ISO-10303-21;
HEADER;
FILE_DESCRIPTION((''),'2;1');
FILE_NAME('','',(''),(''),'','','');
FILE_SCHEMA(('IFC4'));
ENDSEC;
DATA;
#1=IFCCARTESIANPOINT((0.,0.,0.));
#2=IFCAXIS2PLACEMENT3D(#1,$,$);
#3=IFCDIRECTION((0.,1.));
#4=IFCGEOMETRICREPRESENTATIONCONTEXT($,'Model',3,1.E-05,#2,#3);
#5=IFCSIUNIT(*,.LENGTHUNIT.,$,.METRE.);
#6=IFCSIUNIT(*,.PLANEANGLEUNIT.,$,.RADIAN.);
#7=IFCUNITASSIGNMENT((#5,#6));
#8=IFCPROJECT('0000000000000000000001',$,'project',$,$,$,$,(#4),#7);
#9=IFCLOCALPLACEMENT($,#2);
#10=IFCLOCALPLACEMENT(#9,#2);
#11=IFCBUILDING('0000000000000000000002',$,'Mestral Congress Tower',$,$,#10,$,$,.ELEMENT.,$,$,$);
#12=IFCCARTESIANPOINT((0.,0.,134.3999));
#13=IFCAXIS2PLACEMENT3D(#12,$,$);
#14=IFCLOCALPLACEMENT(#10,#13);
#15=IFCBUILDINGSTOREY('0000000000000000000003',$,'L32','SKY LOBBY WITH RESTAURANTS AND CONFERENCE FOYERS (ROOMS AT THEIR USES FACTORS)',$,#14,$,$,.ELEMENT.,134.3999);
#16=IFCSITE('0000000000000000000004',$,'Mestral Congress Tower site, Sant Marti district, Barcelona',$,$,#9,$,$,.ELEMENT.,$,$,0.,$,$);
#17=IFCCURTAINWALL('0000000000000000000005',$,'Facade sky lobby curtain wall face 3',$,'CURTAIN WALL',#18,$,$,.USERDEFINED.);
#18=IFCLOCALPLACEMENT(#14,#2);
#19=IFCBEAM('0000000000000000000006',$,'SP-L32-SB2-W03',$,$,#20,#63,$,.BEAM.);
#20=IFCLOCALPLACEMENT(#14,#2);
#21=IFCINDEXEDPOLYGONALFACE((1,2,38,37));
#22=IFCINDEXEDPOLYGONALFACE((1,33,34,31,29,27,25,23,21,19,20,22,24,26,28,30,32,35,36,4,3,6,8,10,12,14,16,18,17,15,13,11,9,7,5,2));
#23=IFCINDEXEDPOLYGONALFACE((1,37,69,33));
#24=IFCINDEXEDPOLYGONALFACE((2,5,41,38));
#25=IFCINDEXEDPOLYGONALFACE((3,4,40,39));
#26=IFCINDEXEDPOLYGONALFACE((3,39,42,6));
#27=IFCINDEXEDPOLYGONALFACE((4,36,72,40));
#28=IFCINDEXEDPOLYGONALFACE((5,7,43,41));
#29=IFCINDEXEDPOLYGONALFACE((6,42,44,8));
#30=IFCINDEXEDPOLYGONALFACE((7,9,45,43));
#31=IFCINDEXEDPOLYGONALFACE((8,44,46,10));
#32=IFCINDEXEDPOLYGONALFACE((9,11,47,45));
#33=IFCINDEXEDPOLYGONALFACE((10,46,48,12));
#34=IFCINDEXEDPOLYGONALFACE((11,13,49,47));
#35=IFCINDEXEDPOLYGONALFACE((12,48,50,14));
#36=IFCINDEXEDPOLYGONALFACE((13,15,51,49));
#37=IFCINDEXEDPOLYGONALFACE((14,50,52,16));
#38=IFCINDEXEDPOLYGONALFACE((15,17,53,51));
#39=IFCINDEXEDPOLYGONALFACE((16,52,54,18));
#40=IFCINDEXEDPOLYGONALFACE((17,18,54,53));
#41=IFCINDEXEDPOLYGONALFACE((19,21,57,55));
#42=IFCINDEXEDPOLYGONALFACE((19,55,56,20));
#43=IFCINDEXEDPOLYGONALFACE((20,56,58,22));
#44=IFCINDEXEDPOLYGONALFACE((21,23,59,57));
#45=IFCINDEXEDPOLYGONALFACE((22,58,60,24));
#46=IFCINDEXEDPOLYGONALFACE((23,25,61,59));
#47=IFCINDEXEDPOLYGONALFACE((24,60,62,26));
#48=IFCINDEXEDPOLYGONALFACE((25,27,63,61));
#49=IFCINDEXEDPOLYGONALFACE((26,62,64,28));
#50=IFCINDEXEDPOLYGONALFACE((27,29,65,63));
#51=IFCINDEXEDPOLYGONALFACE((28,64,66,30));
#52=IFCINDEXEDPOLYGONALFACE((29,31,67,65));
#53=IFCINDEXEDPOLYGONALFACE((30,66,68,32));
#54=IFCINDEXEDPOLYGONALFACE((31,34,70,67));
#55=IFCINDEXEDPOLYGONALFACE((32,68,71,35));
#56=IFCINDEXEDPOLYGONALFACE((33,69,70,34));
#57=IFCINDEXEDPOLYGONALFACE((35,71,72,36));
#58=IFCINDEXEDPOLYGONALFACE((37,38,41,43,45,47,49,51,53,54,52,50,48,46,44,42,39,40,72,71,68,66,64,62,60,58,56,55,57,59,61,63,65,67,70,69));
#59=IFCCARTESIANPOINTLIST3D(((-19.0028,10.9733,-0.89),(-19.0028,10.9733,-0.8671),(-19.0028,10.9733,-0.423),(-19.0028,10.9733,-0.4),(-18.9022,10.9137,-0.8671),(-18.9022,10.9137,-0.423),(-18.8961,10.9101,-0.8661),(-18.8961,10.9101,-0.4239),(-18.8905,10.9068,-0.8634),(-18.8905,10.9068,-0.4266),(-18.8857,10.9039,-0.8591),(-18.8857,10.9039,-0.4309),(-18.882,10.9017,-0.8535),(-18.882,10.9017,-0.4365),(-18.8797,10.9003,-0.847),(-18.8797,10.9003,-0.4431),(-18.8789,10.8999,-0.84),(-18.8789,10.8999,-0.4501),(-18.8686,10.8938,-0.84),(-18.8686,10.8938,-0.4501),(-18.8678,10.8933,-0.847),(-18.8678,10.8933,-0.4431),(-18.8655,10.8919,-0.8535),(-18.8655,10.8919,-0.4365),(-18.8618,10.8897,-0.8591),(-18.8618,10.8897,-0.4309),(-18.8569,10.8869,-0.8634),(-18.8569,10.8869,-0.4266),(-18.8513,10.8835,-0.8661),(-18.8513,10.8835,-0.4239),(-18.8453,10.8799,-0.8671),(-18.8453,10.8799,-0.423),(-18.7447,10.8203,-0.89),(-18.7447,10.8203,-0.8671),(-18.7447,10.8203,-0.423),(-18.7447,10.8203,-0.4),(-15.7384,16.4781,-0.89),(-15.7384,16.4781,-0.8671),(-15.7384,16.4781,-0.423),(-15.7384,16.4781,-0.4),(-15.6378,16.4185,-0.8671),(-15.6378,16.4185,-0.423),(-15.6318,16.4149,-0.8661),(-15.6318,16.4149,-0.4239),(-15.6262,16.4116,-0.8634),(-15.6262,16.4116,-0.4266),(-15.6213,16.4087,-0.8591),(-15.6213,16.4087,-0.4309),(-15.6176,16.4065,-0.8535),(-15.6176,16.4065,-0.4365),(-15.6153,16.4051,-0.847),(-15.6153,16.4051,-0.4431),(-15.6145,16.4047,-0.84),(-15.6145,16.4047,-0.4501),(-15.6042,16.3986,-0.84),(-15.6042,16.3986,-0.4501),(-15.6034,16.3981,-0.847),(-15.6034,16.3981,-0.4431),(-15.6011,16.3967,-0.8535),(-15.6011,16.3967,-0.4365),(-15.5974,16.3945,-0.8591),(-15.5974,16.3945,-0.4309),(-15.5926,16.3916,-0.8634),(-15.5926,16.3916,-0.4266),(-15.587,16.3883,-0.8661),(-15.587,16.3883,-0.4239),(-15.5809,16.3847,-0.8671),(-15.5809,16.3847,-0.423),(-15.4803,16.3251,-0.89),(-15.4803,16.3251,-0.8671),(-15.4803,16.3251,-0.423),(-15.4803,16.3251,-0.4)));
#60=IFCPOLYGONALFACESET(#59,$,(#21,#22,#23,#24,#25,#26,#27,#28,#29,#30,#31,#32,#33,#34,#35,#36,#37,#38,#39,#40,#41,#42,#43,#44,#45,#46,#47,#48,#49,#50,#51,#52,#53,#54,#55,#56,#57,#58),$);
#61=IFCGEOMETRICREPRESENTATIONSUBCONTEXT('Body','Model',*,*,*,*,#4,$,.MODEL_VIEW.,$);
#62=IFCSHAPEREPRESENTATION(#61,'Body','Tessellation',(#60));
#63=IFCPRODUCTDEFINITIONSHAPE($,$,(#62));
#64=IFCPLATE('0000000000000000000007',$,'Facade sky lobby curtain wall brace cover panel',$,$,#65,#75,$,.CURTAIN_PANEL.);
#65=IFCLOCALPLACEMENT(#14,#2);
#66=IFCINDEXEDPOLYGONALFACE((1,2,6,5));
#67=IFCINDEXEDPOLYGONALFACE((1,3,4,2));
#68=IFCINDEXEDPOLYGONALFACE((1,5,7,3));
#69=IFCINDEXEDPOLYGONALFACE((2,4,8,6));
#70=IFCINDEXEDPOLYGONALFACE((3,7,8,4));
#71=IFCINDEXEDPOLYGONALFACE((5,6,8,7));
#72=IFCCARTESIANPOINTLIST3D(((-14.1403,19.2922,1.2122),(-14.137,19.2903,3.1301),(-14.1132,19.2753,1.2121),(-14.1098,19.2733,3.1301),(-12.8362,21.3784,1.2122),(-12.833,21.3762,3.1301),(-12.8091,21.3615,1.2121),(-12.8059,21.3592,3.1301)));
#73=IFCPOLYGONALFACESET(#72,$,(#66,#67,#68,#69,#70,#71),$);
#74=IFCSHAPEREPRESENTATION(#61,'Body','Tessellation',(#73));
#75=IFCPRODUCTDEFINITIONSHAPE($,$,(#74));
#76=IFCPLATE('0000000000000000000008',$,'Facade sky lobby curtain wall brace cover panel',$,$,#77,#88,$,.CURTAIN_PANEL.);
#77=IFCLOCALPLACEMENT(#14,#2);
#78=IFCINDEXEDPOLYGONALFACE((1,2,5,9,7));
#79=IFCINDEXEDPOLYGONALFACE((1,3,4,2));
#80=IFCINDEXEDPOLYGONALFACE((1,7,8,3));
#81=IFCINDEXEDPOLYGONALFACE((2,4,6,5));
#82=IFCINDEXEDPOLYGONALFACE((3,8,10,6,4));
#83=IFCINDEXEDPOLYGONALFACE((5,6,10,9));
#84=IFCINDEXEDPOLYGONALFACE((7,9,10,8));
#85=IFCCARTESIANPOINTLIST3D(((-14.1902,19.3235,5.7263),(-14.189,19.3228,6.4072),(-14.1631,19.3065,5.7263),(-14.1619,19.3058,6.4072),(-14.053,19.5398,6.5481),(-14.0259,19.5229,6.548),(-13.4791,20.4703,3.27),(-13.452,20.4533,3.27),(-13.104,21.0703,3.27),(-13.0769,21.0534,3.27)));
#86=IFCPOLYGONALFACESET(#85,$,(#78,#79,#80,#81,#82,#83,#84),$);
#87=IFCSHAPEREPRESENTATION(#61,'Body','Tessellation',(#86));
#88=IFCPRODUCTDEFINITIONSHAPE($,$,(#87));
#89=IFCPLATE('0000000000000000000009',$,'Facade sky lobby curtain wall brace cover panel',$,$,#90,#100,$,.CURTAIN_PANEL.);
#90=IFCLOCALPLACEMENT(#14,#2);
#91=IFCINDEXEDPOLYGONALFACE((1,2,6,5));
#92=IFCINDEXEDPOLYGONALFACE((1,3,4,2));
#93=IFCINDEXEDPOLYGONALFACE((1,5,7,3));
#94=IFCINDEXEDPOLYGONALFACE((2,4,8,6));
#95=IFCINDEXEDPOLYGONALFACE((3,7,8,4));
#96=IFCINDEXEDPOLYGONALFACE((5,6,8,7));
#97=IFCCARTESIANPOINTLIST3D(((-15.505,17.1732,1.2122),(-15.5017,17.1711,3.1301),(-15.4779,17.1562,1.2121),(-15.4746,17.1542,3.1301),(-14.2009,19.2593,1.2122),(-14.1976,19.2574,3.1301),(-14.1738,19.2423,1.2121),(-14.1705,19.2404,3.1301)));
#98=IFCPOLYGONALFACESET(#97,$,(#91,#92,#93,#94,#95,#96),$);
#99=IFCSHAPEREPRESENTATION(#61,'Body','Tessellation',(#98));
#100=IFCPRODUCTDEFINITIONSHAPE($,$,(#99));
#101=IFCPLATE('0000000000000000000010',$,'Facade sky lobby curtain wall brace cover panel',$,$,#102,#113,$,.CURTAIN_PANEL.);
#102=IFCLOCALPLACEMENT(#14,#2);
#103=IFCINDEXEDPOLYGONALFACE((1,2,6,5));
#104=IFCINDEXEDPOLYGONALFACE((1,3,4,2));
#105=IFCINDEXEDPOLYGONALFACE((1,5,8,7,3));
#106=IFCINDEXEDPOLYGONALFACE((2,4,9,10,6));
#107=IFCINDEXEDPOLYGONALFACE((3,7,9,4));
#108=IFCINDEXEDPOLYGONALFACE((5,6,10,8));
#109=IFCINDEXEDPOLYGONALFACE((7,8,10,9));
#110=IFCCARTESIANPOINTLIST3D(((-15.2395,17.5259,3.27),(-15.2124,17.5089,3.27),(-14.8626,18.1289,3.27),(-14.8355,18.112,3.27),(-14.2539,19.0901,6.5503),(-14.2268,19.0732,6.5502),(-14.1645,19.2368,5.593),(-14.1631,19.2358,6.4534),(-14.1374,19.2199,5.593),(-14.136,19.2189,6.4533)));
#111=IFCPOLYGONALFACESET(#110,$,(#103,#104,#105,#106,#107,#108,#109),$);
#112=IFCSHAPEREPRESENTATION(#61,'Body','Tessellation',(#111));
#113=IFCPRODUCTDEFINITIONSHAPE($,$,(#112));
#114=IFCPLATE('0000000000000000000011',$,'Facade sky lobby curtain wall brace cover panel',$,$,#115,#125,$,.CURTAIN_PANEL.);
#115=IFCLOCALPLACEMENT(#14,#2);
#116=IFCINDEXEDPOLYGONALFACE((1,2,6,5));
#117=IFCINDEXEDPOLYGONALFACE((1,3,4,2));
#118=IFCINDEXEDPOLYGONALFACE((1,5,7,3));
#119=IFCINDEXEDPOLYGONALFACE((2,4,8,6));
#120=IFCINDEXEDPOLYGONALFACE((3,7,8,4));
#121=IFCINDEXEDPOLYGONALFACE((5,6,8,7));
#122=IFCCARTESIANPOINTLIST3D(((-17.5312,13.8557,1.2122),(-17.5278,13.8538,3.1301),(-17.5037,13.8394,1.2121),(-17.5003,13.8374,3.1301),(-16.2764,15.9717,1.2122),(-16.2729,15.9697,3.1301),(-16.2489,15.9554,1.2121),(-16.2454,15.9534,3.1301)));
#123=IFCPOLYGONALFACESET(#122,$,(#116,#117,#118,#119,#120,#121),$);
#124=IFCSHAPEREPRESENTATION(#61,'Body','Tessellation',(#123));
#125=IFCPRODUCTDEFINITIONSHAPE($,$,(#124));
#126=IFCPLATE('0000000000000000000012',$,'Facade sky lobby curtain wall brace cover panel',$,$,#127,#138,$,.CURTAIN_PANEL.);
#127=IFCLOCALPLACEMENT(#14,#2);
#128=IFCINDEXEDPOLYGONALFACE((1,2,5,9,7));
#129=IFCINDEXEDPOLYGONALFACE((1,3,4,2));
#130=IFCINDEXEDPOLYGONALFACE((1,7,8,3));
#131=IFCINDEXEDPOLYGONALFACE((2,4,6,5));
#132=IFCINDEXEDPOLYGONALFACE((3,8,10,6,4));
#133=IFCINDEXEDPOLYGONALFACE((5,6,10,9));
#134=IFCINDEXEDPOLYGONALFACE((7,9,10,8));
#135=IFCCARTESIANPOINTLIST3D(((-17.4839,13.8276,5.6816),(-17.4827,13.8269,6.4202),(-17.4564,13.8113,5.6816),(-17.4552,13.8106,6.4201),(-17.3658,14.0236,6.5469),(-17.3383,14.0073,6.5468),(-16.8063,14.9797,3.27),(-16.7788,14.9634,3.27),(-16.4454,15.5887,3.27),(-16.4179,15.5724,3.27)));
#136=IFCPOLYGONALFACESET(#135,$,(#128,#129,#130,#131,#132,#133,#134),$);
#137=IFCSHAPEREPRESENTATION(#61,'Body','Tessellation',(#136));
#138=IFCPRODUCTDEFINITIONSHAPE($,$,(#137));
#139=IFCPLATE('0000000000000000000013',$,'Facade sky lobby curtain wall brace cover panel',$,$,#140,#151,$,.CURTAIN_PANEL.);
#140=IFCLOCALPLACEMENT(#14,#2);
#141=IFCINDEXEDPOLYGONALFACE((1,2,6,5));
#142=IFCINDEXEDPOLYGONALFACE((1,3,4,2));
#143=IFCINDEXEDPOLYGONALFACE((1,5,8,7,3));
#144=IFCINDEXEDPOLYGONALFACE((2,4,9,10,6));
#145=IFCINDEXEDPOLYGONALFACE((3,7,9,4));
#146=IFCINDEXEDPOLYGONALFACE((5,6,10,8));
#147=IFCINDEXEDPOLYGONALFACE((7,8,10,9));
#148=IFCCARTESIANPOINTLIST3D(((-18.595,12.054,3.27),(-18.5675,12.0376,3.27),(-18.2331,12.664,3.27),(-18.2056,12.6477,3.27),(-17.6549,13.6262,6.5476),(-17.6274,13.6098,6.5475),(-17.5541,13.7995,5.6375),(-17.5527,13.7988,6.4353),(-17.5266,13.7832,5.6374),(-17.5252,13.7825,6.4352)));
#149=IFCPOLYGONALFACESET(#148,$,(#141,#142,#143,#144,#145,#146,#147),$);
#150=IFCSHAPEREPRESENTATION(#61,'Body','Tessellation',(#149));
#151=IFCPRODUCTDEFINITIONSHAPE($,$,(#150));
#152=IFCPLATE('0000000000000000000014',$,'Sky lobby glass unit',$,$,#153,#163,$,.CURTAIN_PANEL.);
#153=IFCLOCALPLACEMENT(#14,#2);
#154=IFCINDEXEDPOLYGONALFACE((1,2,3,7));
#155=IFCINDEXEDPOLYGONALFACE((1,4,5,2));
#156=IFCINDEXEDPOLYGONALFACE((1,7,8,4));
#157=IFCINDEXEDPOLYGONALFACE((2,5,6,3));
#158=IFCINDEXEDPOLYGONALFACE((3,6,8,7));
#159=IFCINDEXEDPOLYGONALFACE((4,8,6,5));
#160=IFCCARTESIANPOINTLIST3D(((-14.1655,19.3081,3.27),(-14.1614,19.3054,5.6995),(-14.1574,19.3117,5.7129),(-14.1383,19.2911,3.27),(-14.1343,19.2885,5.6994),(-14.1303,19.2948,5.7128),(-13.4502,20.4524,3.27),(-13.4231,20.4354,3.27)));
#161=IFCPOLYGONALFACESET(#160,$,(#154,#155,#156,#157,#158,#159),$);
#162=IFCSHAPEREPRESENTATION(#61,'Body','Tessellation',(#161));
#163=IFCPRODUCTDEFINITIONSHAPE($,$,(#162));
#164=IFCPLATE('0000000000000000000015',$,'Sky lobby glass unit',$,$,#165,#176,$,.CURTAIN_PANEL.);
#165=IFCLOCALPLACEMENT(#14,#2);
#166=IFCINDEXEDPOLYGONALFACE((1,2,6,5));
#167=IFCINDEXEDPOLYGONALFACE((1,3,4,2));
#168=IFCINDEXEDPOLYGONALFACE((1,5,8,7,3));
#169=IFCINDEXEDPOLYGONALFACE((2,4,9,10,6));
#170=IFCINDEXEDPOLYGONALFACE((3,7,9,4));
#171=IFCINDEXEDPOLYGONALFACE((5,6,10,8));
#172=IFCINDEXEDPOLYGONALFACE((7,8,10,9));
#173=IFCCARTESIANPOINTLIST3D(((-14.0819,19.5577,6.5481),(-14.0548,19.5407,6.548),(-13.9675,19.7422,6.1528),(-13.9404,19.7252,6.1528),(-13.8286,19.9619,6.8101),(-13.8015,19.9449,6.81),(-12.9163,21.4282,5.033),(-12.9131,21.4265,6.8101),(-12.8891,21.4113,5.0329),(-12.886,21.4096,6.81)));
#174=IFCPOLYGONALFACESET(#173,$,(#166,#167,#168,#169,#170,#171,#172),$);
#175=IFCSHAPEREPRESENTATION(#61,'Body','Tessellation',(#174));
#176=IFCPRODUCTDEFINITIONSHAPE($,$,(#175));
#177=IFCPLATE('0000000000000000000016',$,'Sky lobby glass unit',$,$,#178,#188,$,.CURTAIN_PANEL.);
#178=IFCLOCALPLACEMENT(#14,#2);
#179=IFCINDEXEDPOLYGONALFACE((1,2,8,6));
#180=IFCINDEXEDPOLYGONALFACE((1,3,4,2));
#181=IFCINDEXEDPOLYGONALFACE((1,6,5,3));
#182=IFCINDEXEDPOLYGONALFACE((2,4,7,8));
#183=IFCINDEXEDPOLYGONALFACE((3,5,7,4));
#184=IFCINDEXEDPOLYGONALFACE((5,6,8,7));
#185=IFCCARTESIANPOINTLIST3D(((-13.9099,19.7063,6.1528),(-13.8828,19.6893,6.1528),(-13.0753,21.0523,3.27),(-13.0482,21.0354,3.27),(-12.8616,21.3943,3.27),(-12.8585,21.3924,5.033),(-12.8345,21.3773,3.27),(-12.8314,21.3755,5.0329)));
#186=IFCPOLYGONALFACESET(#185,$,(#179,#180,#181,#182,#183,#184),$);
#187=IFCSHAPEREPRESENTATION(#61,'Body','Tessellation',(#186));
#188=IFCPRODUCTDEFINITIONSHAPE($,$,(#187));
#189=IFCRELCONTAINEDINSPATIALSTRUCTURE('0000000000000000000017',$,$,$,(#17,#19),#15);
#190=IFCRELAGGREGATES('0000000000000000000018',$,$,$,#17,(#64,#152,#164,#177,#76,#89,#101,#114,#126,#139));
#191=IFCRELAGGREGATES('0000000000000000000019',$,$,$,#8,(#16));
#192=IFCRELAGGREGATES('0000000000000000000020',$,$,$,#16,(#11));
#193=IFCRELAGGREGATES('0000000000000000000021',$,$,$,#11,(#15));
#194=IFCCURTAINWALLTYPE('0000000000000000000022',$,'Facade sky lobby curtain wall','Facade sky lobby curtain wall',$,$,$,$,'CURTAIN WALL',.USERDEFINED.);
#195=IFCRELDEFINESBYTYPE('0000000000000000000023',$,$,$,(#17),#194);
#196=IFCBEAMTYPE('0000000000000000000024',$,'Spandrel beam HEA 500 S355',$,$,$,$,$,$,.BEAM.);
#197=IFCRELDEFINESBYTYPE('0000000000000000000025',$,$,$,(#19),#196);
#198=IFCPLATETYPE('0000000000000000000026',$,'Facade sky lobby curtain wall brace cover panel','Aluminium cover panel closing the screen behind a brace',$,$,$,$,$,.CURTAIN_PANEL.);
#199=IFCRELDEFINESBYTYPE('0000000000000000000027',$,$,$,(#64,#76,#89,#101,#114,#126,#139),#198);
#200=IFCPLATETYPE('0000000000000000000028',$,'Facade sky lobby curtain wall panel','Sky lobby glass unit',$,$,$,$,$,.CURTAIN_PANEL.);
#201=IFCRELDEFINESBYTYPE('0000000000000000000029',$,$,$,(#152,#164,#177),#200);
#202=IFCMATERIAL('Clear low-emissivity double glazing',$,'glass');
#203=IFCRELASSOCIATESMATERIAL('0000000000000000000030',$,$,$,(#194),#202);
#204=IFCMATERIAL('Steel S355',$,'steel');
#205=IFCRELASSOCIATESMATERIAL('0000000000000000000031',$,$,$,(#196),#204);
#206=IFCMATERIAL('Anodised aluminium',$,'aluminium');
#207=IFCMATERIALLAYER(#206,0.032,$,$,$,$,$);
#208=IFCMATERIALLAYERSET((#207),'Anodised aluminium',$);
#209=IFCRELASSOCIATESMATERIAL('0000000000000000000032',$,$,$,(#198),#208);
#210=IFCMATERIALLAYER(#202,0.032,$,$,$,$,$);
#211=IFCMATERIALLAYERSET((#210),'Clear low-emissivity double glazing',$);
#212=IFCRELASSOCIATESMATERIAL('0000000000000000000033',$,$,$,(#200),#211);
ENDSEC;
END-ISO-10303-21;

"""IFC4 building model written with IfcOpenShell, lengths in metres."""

from ifc_helpers import new_model, si_unit, direction, frame, origin, origin_2d, place, context, subcontext, project, spatial, polyline, i_section, outline, extrude, material, layer, layer_set, material_profile, profile_set, type_object, element, aggregate, save


model = new_model("IFC4")

# Units and contexts
model_context = context("Model", 3, precision=1e-05, world=origin(), true_north=direction((0.0, 1.0)))
body_context = subcontext(model_context, "Body", "Model", "MODEL_VIEW")
ifc_project = project(units=[si_unit("LENGTHUNIT", "METRE"), si_unit("PLANEANGLEUNIT", "RADIAN")], contexts=[model_context])

# Site, building, storey
site_placement = place(None, origin())
site = spatial("IfcSite", under=ifc_project, at=site_placement, Name="Mestral Congress Tower site, Sant Marti district, Barcelona", CompositionType="ELEMENT", RefElevation=0.0)
building_placement = place(site_placement, origin())
building = spatial("IfcBuilding", under=site, at=building_placement, Name="Mestral Congress Tower", CompositionType="ELEMENT")
storey_placement = place(building_placement, frame((0.0, 0.0, 134.3999)))
storey = spatial("IfcBuildingStorey", under=building, at=storey_placement, Name="L32", Description="SKY LOBBY WITH RESTAURANTS AND CONFERENCE FOYERS (ROOMS AT THEIR USES FACTORS)", CompositionType="ELEMENT", Elevation=134.3999)

# Shared definitions
ifc_material_1 = material(Name="Steel S355", Category="steel")

# Curtain wall
ifc_material_2 = material(Name="Clear low-emissivity double glazing", Category="glass")
curtain_wall_type = type_object("IfcCurtainWallType", Name="Facade sky lobby curtain wall", Description="Facade sky lobby curtain wall", ElementType="CURTAIN WALL", PredefinedType="USERDEFINED", material=ifc_material_2)
curtain_wall_placement = place(storey_placement, origin())
curtain_wall = element("IfcCurtainWall", 1, at=curtain_wall_placement, inside=storey, type_object=curtain_wall_type, Name="Facade sky lobby curtain wall face 3", ObjectType="CURTAIN WALL", PredefinedType="USERDEFINED")
ifc_material_3 = material(Name="Anodised aluminium", Category="aluminium")

# Beam
ifc_material_profile_1 = material_profile(ifc_material_1, i_section(OverallWidth=0.3, OverallDepth=0.49, WebThickness=0.012, FlangeThickness=0.0229, FilletRadius=0.0271, at=origin_2d()), Name="HEA 500")
ifc_profile_set_1 = profile_set([ifc_material_profile_1], Name="Steel S355")
beam_type_1 = type_object("IfcBeamType", Name="Spandrel beam HEA 500 S355", PredefinedType="BEAM", material=ifc_profile_set_1)
beam_1_placement = place(storey_placement, frame((-15.6094, 16.4016, -0.645), z_axis=(-0.510063, -0.860137, 0.0), x_axis=(0.860137, -0.510063, 0.0)))
element("IfcBeam", 2, at=beam_1_placement, inside=storey, type_object=beam_type_1, Name="SP-L32-SB2-W03", PredefinedType="BEAM", context=body_context, shape_type="SweptSolid", body=[
    extrude(i_section(OverallWidth=0.3, OverallDepth=0.49, WebThickness=0.012, FlangeThickness=0.0229, FilletRadius=0.0271, at=origin_2d()), origin(), (0.0, 0.0, 1.0), 6.3999),
])

# Plates
ifc_layer_1 = layer(ifc_material_3, 0.032)
ifc_layer_set_1 = layer_set([ifc_layer_1], Name="Anodised aluminium")
plate_type_1 = type_object("IfcPlateType", Name="Facade sky lobby curtain wall brace cover panel", Description="Aluminium cover panel closing the screen behind a brace", PredefinedType="CURTAIN_PANEL", material=ifc_layer_set_1)
plate_1_placement = place(storey_placement, frame((-14.137, 19.2903, 3.1301), z_axis=(-0.847944, 0.530083, 0.002031), x_axis=(-0.001765, 0.001008, -0.999998)))
plate_1 = element("IfcPlate", 3, at=plate_1_placement, type_object=plate_type_1, Name="Facade sky lobby curtain wall brace cover panel", PredefinedType="CURTAIN_PANEL", context=body_context, shape_type="SweptSolid", body=[
    extrude(outline(polyline([(0.0, 0.0), (1.918, 0.0), (1.9178, -2.4603), (-0.0002, -2.46), (0.0, 0.0)])), origin(), (0.0, 0.0, -1.0), 0.032),
])
plate_2_placement = place(storey_placement, frame((-14.1902, 19.3235, 5.7263), z_axis=(-0.847975, 0.530032, 0.00197), x_axis=(0.253734, 0.409195, -0.876458)))
plate_2 = element("IfcPlate", 4, at=plate_2_placement, type_object=plate_type_1, Name="Facade sky lobby curtain wall brace cover panel", PredefinedType="CURTAIN_PANEL", context=body_context, shape_type="SweptSolid", body=[
    extrude(outline(polyline([(0.0, 0.0), (2.8025, 0.0), (3.1432, -0.6202), (-0.5969, -0.6202), (-0.5968, -0.3279), (0.0, 0.0)])), origin(), (0.0, 0.0, -1.0), 0.032),
])
plate_3_placement = place(storey_placement, frame((-15.5017, 17.1711, 3.1301), z_axis=(-0.847958, 0.53006, 0.001997), x_axis=(-0.001701, 0.001047, -0.999998)))
plate_3 = element("IfcPlate", 5, at=plate_3_placement, type_object=plate_type_1, Name="Facade sky lobby curtain wall brace cover panel", PredefinedType="CURTAIN_PANEL", context=body_context, shape_type="SweptSolid", body=[
    extrude(outline(polyline([(0.0, 0.0), (1.918, 0.0), (1.9179, -2.4602), (0.0, -2.4603), (0.0, 0.0)])), origin(), (0.0, 0.0, -1.0), 0.032),
])
plate_4_placement = place(storey_placement, frame((-14.1631, 19.2358, 6.4534), z_axis=(-0.847994, 0.530002, 0.002039), x_axis=(-0.460714, -0.739026, 0.491511)))
plate_4 = element("IfcPlate", 6, at=plate_4_placement, type_object=plate_type_1, Name="Facade sky lobby curtain wall brace cover panel", PredefinedType="CURTAIN_PANEL", context=body_context, shape_type="SweptSolid", body=[
    extrude(outline(polyline([(0.0, 0.0), (0.1972, 0.0), (0.195, -3.7654), (-0.4243, -3.4159), (-0.4229, -0.7492), (0.0, 0.0)])), origin(), (0.0, 0.0, -1.0), 0.032),
])
plate_5_placement = place(storey_placement, frame((-17.5278, 13.8538, 3.1301), z_axis=(-0.860116, 0.510095, 0.002052), x_axis=(-0.001782, 0.001018, -0.999998)))
plate_5 = element("IfcPlate", 7, at=plate_5_placement, type_object=plate_type_1, Name="Facade sky lobby curtain wall brace cover panel", PredefinedType="CURTAIN_PANEL", context=body_context, shape_type="SweptSolid", body=[
    extrude(outline(polyline([(0.0, 0.0), (1.918, 0.0), (1.9179, -2.4601), (-0.0001, -2.4601), (0.0, 0.0)])), origin(), (0.0, 0.0, -1.0), 0.032),
])
plate_6_placement = place(storey_placement, frame((-17.4839, 13.8276, 5.6816), z_axis=(-0.860249, 0.509871, 0.001874), x_axis=(0.245744, 0.417832, -0.874658)))
plate_6 = element("IfcPlate", 8, at=plate_6_placement, type_object=plate_type_1, Name="Facade sky lobby curtain wall brace cover panel", PredefinedType="CURTAIN_PANEL", context=body_context, shape_type="SweptSolid", body=[
    extrude(outline(polyline([(0.0, 0.0), (2.7572, 0.0), (3.1004, -0.6192), (-0.6459, -0.6195), (-0.646, -0.358), (0.0, 0.0)])), origin(), (0.0, 0.0, -1.0), 0.032),
])
plate_7_placement = place(storey_placement, frame((-17.5527, 13.7988, 6.4353), z_axis=(-0.860063, 0.510185, 0.00195), x_axis=(-0.444374, -0.750985, 0.488419)))
plate_7 = element("IfcPlate", 9, at=plate_7_placement, type_object=plate_type_1, Name="Facade sky lobby curtain wall brace cover panel", PredefinedType="CURTAIN_PANEL", context=body_context, shape_type="SweptSolid", body=[
    extrude(outline(polyline([(0.0, 0.0), (0.2299, 0.0), (0.2275, -3.7547), (-0.3914, -3.4083), (-0.3896, -0.6963), (0.0, 0.0)])), origin(), (0.0, 0.0, -1.0), 0.032),
])
ifc_layer_2 = layer(ifc_material_2, 0.032)
ifc_layer_set_2 = layer_set([ifc_layer_2], Name="Clear low-emissivity double glazing")
plate_type_2 = type_object("IfcPlateType", Name="Facade sky lobby curtain wall panel", Description="Sky lobby glass unit", PredefinedType="CURTAIN_PANEL", material=ifc_layer_set_2)
plate_8_placement = place(storey_placement, frame((-13.4502, 20.4524, 3.27), z_axis=(-0.847977, 0.53003, 0.002002), x_axis=(-0.253728, -0.409241, 0.876438)))
plate_8 = element("IfcPlate", 10, at=plate_8_placement, type_object=plate_type_2, Name="Sky lobby glass unit", PredefinedType="CURTAIN_PANEL", context=body_context, shape_type="SweptSolid", body=[
    extrude(outline(polyline([(0.0, 0.0), (2.7873, 0.0), (2.7791, -0.013), (0.6498, -1.1827), (0.0, 0.0)])), origin(), (0.0, 0.0, -1.0), 0.032),
])
plate_9_placement = place(storey_placement, frame((-12.9131, 21.4265, 6.8101), z_axis=(-0.847968, 0.530043, 0.00203), x_axis=(-0.530044, -0.84797, 0.0)))
plate_9 = element("IfcPlate", 11, at=plate_9_placement, type_object=plate_type_2, Name="Sky lobby glass unit", PredefinedType="CURTAIN_PANEL", context=body_context, shape_type="SweptSolid", body=[
    extrude(outline(polyline([(0.0, 0.0), (1.7272, 0.0), (2.2042, -0.262), (1.9872, -0.6572), (0.0002, -1.7771), (0.0, 0.0)])), origin(), (0.0, 0.0, -1.0), 0.032),
])
plate_10_placement = place(storey_placement, frame((-13.9099, 19.7063, 6.1528), z_axis=(-0.847948, 0.530075, 0.00202), x_axis=(0.253731, 0.409227, -0.876444)))
plate_10 = element("IfcPlate", 12, at=plate_10_placement, type_object=plate_type_2, Name="Sky lobby glass unit", PredefinedType="CURTAIN_PANEL", context=body_context, shape_type="SweptSolid", body=[
    extrude(outline(polyline([(0.0, 0.0), (3.2892, 0.0), (3.4834, -0.3534), (1.9383, -1.2023), (0.0, 0.0)])), origin(), (0.0, 0.0, -1.0), 0.032),
])
aggregate(curtain_wall, [plate_1, plate_8, plate_9, plate_10, plate_2, plate_3, plate_4, plate_5, plate_6, plate_7])

save(model, "model.ifc")
